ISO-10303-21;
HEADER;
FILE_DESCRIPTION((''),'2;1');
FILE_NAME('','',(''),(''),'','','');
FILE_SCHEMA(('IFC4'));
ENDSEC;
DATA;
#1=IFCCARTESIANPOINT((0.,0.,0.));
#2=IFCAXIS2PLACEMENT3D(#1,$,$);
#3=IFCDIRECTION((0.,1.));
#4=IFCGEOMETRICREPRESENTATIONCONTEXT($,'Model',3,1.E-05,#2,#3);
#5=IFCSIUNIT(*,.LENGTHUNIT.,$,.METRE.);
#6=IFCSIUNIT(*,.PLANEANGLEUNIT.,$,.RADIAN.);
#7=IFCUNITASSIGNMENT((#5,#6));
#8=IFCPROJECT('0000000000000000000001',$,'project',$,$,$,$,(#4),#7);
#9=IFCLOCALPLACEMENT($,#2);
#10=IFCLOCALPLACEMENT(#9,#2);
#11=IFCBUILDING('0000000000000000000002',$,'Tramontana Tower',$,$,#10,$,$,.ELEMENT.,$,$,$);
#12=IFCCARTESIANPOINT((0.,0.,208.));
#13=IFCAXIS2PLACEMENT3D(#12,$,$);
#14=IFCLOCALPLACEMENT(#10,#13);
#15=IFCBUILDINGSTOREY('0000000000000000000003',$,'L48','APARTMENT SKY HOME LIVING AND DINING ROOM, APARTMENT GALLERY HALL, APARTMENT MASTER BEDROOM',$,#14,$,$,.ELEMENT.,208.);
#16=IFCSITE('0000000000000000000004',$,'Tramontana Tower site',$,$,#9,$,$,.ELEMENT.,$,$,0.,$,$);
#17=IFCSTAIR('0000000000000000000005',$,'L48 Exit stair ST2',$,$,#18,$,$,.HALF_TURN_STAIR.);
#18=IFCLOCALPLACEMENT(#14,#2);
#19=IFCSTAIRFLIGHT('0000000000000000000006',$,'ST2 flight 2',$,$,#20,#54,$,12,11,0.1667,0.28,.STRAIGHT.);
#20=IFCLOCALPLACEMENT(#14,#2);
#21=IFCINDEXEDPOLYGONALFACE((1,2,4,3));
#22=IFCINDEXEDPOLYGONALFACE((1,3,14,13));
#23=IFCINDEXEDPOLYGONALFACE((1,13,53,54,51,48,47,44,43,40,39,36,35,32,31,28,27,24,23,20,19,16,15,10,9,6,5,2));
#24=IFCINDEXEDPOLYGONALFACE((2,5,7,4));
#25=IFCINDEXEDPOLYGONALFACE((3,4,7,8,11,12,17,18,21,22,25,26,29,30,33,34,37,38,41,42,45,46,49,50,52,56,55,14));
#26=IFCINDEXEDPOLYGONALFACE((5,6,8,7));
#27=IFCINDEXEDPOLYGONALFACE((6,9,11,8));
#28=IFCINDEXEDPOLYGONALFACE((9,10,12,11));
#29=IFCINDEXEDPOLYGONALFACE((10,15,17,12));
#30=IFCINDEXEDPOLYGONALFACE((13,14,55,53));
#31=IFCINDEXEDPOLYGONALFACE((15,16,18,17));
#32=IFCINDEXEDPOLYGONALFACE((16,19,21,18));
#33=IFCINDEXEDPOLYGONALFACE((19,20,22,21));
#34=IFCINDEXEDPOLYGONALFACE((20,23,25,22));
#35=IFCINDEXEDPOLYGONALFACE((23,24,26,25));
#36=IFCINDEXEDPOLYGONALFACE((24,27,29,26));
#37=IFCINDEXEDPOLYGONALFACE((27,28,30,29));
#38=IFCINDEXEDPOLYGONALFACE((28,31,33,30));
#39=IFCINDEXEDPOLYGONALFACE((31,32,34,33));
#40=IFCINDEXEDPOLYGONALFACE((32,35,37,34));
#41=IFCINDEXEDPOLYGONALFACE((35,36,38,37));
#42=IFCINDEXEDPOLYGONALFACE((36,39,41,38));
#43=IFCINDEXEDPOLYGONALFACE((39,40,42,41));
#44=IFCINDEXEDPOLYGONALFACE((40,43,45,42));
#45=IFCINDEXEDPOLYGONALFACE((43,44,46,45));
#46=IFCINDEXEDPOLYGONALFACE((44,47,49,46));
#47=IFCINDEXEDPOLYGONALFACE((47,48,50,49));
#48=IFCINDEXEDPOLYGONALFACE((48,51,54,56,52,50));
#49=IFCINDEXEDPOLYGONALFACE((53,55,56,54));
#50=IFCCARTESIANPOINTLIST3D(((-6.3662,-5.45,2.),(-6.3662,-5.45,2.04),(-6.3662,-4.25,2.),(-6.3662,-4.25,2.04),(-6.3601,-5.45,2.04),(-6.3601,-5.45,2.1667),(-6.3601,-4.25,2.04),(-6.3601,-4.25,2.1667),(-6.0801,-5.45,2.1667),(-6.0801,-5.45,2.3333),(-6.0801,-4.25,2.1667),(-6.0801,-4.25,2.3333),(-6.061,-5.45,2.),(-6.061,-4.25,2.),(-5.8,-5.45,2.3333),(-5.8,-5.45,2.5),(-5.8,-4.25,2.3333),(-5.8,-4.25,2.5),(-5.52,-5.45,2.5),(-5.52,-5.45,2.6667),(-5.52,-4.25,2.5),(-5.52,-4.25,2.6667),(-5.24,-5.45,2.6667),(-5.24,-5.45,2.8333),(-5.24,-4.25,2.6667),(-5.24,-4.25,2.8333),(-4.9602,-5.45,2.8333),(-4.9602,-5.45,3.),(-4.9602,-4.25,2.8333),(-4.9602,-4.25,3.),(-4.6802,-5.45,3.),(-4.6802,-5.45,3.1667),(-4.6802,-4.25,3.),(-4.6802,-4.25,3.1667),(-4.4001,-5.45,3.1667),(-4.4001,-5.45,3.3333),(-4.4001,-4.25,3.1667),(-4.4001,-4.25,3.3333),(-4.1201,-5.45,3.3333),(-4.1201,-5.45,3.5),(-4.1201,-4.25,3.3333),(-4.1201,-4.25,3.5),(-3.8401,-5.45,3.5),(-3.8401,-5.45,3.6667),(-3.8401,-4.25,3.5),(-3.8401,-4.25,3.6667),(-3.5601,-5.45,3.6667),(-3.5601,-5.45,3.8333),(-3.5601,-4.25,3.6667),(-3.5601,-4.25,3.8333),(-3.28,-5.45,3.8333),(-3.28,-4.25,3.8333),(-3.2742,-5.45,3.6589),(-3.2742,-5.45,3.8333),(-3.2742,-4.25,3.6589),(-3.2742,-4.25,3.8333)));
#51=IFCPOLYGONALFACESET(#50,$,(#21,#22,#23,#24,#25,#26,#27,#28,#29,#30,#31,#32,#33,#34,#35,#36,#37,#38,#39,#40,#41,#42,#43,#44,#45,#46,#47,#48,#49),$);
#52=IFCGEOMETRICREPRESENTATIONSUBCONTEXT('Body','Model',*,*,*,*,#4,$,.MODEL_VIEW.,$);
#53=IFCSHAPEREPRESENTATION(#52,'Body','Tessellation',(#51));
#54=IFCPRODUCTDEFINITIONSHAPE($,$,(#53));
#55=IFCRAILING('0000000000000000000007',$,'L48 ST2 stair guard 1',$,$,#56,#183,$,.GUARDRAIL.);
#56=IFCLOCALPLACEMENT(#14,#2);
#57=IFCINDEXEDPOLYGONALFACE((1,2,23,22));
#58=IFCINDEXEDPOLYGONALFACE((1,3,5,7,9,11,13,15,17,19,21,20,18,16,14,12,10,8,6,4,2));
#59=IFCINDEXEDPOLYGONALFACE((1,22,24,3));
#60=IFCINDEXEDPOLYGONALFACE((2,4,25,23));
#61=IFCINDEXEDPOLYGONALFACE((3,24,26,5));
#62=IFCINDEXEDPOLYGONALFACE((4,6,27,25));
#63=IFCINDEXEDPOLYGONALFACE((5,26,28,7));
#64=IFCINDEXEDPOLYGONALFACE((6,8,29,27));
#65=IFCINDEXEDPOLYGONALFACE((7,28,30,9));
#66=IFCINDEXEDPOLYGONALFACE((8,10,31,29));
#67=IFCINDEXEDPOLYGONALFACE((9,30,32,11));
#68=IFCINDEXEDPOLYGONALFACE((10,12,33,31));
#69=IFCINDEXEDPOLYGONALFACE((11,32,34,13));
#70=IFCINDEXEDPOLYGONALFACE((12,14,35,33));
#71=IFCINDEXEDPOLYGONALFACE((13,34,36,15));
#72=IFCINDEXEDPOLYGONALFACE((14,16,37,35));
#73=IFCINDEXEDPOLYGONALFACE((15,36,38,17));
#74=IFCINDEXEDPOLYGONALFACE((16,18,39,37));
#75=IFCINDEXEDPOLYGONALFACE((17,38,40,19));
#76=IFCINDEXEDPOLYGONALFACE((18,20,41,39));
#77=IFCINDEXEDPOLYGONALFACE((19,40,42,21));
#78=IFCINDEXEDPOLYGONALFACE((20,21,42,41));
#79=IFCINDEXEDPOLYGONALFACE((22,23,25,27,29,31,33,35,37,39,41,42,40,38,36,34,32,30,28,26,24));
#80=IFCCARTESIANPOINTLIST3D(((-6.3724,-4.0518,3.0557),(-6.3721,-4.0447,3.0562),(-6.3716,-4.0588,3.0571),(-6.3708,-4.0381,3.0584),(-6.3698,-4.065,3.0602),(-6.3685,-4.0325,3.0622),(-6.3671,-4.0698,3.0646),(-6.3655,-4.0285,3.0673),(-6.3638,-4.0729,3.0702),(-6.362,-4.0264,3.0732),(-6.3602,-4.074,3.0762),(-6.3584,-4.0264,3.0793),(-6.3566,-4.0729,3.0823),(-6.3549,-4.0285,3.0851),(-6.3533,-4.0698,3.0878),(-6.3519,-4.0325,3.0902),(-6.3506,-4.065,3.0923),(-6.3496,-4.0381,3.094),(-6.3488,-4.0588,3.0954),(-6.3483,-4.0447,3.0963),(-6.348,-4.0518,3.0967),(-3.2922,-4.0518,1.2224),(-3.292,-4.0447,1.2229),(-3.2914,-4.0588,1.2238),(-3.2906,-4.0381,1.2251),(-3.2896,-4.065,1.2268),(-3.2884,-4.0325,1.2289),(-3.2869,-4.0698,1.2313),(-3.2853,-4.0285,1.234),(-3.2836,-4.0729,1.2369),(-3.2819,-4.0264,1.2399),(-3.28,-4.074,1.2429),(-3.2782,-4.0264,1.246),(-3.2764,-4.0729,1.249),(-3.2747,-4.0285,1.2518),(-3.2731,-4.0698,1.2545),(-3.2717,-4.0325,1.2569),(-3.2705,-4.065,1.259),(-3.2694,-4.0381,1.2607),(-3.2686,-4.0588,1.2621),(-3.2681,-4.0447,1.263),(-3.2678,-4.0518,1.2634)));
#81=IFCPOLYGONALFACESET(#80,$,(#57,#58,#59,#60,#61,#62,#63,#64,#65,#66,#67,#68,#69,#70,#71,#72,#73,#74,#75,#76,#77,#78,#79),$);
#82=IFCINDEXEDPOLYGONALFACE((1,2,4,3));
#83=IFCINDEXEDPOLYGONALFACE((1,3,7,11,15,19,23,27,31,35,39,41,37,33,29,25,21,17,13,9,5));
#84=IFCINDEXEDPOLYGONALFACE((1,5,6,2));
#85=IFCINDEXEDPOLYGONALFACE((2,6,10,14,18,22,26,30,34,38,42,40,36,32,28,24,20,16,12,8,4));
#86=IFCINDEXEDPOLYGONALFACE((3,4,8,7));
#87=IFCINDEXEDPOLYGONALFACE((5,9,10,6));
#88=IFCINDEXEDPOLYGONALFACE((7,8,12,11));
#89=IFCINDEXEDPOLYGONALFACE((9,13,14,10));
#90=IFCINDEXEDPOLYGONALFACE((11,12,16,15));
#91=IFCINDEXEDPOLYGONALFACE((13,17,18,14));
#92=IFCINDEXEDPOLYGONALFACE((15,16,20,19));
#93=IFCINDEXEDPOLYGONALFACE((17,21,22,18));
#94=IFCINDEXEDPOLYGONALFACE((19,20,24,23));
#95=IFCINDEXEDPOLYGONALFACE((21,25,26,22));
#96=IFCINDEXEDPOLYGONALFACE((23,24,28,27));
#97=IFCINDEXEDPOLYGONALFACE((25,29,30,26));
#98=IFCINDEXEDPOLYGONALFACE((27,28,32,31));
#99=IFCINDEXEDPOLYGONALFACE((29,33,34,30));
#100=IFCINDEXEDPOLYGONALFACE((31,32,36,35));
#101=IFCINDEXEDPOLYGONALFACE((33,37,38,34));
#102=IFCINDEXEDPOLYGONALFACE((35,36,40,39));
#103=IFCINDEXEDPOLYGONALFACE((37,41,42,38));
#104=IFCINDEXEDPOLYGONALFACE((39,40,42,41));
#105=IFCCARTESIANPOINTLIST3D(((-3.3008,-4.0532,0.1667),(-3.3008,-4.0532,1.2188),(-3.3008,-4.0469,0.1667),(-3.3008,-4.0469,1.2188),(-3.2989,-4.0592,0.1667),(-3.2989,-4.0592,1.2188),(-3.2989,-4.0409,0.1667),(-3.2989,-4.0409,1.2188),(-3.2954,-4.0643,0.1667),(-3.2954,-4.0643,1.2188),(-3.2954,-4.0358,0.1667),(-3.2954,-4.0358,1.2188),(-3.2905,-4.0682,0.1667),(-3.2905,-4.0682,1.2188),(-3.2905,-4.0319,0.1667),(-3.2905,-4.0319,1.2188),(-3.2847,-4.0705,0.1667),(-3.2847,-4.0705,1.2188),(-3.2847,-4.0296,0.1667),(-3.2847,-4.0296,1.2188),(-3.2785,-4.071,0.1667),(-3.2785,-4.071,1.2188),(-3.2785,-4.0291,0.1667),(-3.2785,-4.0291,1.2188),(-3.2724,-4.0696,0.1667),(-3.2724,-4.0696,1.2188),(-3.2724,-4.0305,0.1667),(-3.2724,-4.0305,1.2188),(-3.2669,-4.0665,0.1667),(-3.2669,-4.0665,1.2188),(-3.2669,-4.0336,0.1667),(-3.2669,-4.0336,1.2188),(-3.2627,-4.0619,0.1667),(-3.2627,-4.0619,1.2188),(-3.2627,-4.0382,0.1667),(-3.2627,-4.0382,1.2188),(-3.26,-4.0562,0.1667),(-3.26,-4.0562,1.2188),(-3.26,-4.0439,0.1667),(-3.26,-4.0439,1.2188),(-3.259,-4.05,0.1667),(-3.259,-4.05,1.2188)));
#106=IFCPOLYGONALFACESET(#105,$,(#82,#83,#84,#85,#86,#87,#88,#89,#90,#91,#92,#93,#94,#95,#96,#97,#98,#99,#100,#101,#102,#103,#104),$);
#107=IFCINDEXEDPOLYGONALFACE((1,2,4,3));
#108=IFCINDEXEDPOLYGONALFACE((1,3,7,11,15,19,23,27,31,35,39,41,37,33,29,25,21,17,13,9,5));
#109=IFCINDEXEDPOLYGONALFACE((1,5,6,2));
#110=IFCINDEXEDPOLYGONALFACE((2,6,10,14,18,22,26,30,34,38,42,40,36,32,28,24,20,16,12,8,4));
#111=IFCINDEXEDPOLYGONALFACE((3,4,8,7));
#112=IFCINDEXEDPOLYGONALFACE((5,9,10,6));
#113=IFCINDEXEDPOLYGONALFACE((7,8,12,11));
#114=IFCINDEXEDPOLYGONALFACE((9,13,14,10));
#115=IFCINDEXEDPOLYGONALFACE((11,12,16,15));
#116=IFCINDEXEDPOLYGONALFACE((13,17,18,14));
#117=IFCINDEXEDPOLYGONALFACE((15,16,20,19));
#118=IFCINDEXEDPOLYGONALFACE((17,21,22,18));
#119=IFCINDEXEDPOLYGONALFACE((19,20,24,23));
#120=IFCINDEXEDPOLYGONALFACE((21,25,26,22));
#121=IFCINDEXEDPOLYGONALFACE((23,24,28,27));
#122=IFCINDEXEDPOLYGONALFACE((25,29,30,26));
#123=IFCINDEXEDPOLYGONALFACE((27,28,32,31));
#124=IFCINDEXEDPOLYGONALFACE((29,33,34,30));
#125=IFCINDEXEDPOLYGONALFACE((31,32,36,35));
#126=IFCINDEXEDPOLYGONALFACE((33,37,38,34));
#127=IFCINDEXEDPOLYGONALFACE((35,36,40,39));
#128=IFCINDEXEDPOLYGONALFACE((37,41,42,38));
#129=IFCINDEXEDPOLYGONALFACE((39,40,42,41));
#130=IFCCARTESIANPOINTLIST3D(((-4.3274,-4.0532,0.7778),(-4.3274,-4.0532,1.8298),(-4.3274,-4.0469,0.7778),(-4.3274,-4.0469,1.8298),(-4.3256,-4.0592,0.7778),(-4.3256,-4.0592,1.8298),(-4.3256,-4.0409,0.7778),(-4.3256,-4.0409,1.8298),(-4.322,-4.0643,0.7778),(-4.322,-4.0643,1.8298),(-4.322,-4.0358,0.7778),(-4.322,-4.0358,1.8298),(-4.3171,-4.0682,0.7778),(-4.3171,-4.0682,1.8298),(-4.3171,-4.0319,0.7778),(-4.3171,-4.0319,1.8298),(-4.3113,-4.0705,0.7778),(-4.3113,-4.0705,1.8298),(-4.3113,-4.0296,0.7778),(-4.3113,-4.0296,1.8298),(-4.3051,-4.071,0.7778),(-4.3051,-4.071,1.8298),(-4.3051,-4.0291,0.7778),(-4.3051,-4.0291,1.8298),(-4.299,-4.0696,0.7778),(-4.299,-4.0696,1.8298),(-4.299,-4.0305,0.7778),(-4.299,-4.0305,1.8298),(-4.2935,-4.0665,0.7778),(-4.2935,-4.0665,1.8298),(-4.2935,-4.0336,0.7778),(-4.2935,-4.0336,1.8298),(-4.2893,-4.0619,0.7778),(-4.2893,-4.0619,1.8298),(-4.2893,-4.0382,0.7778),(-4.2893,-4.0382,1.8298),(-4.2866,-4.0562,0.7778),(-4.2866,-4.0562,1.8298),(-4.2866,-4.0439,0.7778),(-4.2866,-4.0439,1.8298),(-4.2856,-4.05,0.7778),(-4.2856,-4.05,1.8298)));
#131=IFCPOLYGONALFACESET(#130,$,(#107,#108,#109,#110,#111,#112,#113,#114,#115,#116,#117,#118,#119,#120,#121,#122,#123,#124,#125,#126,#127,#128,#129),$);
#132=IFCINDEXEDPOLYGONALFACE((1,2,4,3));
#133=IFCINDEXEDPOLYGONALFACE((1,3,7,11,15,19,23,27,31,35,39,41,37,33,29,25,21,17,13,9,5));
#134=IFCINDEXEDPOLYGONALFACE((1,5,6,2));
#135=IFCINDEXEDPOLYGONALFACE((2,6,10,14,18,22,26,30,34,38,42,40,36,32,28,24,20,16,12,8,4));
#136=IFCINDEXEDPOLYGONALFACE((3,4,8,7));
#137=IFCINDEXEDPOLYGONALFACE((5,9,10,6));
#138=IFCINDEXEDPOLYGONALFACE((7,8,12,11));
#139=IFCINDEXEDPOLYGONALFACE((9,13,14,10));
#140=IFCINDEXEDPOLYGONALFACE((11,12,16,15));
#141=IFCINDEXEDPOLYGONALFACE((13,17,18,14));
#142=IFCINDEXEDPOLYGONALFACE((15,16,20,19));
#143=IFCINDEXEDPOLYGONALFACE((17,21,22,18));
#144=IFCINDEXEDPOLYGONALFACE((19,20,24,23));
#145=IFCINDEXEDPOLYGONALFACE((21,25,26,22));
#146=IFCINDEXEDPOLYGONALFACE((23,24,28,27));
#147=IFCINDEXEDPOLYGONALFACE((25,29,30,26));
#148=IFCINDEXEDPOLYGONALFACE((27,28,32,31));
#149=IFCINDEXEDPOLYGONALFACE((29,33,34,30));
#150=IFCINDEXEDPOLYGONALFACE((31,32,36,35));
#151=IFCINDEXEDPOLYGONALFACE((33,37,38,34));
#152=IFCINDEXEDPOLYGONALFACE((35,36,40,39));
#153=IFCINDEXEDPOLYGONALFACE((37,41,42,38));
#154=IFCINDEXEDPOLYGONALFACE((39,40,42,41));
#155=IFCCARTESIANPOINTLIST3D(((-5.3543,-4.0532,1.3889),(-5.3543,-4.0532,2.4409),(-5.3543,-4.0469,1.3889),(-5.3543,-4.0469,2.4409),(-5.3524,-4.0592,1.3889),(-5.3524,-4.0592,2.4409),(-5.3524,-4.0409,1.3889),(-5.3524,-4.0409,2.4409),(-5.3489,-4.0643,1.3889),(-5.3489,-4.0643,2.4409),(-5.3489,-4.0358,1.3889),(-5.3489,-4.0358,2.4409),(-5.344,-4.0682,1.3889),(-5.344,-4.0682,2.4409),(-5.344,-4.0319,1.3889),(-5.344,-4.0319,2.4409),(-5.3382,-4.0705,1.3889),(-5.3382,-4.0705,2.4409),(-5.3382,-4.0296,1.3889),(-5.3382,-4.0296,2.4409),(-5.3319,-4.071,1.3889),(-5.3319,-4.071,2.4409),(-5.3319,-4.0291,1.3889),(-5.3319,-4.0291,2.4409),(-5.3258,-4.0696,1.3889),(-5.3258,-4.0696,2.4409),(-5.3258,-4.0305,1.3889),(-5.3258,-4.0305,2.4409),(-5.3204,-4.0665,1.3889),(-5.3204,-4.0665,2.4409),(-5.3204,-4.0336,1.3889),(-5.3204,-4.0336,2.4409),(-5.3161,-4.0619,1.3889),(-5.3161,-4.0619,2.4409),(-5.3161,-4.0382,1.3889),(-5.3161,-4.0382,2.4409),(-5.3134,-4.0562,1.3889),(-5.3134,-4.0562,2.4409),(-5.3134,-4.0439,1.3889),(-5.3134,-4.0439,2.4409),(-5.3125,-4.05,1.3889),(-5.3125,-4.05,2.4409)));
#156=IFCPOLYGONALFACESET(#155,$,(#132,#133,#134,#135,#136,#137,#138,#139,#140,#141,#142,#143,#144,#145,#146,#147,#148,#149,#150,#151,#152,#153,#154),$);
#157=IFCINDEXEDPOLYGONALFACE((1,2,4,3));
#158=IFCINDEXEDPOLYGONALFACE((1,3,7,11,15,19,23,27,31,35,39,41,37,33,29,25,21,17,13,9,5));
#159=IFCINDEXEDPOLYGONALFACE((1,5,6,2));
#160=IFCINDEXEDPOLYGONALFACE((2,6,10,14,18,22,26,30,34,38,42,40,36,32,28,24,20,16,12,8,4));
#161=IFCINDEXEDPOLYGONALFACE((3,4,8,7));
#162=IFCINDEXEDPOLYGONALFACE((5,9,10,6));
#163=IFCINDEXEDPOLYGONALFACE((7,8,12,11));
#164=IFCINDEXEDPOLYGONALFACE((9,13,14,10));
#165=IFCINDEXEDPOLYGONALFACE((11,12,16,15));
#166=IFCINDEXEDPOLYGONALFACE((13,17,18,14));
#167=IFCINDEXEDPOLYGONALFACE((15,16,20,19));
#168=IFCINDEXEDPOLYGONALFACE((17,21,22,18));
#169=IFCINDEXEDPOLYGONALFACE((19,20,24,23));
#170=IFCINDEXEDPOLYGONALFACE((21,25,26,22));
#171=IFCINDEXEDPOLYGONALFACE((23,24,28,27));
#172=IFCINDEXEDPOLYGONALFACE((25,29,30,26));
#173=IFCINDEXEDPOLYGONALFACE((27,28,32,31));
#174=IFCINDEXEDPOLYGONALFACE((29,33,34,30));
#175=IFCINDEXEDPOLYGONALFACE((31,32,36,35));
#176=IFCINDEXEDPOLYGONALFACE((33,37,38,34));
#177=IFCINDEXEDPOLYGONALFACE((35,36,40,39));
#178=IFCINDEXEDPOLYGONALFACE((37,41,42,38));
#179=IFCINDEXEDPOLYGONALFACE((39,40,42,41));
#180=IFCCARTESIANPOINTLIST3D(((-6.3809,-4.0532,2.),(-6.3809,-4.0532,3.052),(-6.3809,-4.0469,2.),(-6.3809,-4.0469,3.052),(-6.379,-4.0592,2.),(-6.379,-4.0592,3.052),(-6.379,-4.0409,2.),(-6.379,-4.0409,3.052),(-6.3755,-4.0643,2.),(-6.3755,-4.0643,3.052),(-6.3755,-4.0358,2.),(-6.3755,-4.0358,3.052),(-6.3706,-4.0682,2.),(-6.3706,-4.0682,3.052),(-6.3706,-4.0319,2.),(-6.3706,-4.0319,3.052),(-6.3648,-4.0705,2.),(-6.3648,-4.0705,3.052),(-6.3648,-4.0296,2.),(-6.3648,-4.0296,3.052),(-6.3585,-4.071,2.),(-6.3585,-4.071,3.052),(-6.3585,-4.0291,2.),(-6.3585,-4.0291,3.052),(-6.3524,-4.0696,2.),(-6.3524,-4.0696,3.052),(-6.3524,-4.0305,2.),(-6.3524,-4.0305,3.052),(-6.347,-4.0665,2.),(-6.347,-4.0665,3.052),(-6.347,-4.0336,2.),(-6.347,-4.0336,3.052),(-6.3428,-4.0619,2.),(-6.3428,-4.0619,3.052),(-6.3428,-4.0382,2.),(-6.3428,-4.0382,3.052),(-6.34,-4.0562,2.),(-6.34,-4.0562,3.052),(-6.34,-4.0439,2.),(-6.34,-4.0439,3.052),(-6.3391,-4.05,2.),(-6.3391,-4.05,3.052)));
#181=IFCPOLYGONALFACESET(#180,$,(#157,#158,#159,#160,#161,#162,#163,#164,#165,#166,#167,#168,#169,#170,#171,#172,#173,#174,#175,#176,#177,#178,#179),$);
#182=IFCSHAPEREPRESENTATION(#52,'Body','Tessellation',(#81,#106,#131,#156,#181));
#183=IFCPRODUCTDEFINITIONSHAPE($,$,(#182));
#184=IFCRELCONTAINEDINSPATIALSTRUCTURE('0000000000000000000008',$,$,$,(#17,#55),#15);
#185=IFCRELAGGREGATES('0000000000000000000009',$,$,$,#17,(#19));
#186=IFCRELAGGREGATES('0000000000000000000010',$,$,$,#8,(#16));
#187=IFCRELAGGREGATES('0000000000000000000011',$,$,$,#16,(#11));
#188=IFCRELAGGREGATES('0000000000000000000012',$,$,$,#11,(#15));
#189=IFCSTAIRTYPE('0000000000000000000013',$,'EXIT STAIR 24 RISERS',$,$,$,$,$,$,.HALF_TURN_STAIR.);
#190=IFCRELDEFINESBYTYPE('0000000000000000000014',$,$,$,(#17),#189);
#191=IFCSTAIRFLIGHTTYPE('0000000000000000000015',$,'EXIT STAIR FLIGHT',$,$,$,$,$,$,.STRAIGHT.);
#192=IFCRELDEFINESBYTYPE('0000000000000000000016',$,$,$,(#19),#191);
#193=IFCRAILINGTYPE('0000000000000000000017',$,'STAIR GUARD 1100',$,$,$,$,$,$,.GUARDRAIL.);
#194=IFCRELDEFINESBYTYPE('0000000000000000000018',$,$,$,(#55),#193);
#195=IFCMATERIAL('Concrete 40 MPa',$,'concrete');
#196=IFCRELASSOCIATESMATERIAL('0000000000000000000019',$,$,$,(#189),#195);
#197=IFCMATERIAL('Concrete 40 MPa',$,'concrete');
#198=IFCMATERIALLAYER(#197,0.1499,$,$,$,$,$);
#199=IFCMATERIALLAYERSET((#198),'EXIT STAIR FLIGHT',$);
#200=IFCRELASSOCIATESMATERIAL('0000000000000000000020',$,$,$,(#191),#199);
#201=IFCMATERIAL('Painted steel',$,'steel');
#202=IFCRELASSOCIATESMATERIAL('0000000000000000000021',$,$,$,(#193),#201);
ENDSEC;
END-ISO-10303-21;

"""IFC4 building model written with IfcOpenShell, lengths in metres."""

from ifc_helpers import new_model, si_unit, direction, frame, origin, origin_2d, place, context, subcontext, project, spatial, polyline, circle, outline, extrude, material, layer, layer_set, type_object, element, aggregate, save


model = new_model("IFC4")

# Units and contexts
model_context = context("Model", 3, precision=1e-05, world=origin(), true_north=direction((0.0, 1.0)))
body_context = subcontext(model_context, "Body", "Model", "MODEL_VIEW")
ifc_project = project(units=[si_unit("LENGTHUNIT", "METRE"), si_unit("PLANEANGLEUNIT", "RADIAN")], contexts=[model_context])

# Site, building, storey
site_placement = place(None, origin())
site = spatial("IfcSite", under=ifc_project, at=site_placement, Name="Tramontana Tower site", CompositionType="ELEMENT", RefElevation=0.0)
building_placement = place(site_placement, origin())
building = spatial("IfcBuilding", under=site, at=building_placement, Name="Tramontana Tower", CompositionType="ELEMENT")
storey_placement = place(building_placement, frame((0.0, 0.0, 208.0)))
storey = spatial("IfcBuildingStorey", under=building, at=storey_placement, Name="L48", Description="APARTMENT SKY HOME LIVING AND DINING ROOM, APARTMENT GALLERY HALL, APARTMENT MASTER BEDROOM", CompositionType="ELEMENT", Elevation=208.0)

# Stair, stair flight
ifc_material_1 = material(Name="Concrete 40 MPa", Category="concrete")
stair_type = type_object("IfcStairType", Name="EXIT STAIR 24 RISERS", PredefinedType="HALF_TURN_STAIR", material=ifc_material_1)
stair_placement = place(storey_placement, origin())
stair = element("IfcStair", 1, at=stair_placement, inside=storey, type_object=stair_type, Name="L48 Exit stair ST2", PredefinedType="HALF_TURN_STAIR")
ifc_material_2 = material(Name="Concrete 40 MPa", Category="concrete")
ifc_layer_1 = layer(ifc_material_2, 0.1499)
ifc_layer_set_1 = layer_set([ifc_layer_1], Name="EXIT STAIR FLIGHT")
stair_flight_type = type_object("IfcStairFlightType", Name="EXIT STAIR FLIGHT", PredefinedType="STRAIGHT", material=ifc_layer_set_1)
stair_flight_1_placement = place(storey_placement, frame((-6.3601, -4.8501, 2.0), z_axis=(0.0, 0.0, 1.0), x_axis=(1.0, 0.0, 0.0)))
stair_flight_1 = element("IfcStairFlight", 2, at=stair_flight_1_placement, type_object=stair_flight_type, Name="ST2 flight 2", NumberOfRisers=12, NumberOfTreads=11, PredefinedType="STRAIGHT", RiserHeight=0.1667, TreadLength=0.28, context=body_context, shape_type="SweptSolid", body=[
    extrude(outline(polyline([(-0.0061, 0.0), (-0.0061, 0.04), (0.0, 0.04), (0.0, 0.1667), (0.28, 0.1667), (0.28, 0.3333), (0.5601, 0.3333), (0.5601, 0.5), (0.8401, 0.5), (0.8401, 0.6667), (1.1201, 0.6667), (1.1201, 0.8333), (1.3999, 0.8333), (1.3999, 1.0), (1.6799, 1.0), (1.6799, 1.1667), (1.96, 1.1667), (1.96, 1.3333), (2.24, 1.3333), (2.24, 1.5), (2.52, 1.5), (2.52, 1.6667), (2.8, 1.6667), (2.8, 1.8333), (3.0801, 1.8333), (3.0859, 1.8333), (3.0859, 1.6589), (0.2991, 0.0), (-0.0061, 0.0)])), frame((0.0, 0.6001, 0.0), z_axis=(0.0, -1.0, 0.0), x_axis=(1.0, 0.0, 0.0)), (0.0, 0.0, 1.0), 1.2),
])
aggregate(stair, [stair_flight_1])

# Railing
ifc_material_3 = material(Name="Painted steel", Category="steel")
railing_type_1 = type_object("IfcRailingType", Name="STAIR GUARD 1100", PredefinedType="GUARDRAIL", material=ifc_material_3)
railing_1_placement = place(storey_placement, frame((-3.28, -4.05, 0.1667)))
element("IfcRailing", 3, at=railing_1_placement, inside=storey, type_object=railing_type_1, Name="L48 ST2 stair guard 1", PredefinedType="GUARDRAIL", context=body_context, shape_type="SweptSolid", body=[
    extrude(circle(Radius=0.0239, at=origin_2d()), frame((0.0, 0.0, 1.0762), z_axis=(-0.859309, 0.0, 0.511458), x_axis=(0.0, -1.0, 0.0)), (0.0, 0.0, 1.0), 3.5845),
    extrude(circle(Radius=0.021, at=origin_2d()), origin(), (0.0, 0.0, 1.0), 1.052),
    extrude(circle(Radius=0.021, at=origin_2d()), frame((-1.0266, 0.0, 0.6111)), (0.0, 0.0, 1.0), 1.052),
    extrude(circle(Radius=0.021, at=origin_2d()), frame((-2.0535, 0.0, 1.2222)), (0.0, 0.0, 1.0), 1.052),
    extrude(circle(Radius=0.021, at=origin_2d()), frame((-3.0801, 0.0, 1.8333)), (0.0, 0.0, 1.0), 1.052),
])

save(model, "model.ifc")
